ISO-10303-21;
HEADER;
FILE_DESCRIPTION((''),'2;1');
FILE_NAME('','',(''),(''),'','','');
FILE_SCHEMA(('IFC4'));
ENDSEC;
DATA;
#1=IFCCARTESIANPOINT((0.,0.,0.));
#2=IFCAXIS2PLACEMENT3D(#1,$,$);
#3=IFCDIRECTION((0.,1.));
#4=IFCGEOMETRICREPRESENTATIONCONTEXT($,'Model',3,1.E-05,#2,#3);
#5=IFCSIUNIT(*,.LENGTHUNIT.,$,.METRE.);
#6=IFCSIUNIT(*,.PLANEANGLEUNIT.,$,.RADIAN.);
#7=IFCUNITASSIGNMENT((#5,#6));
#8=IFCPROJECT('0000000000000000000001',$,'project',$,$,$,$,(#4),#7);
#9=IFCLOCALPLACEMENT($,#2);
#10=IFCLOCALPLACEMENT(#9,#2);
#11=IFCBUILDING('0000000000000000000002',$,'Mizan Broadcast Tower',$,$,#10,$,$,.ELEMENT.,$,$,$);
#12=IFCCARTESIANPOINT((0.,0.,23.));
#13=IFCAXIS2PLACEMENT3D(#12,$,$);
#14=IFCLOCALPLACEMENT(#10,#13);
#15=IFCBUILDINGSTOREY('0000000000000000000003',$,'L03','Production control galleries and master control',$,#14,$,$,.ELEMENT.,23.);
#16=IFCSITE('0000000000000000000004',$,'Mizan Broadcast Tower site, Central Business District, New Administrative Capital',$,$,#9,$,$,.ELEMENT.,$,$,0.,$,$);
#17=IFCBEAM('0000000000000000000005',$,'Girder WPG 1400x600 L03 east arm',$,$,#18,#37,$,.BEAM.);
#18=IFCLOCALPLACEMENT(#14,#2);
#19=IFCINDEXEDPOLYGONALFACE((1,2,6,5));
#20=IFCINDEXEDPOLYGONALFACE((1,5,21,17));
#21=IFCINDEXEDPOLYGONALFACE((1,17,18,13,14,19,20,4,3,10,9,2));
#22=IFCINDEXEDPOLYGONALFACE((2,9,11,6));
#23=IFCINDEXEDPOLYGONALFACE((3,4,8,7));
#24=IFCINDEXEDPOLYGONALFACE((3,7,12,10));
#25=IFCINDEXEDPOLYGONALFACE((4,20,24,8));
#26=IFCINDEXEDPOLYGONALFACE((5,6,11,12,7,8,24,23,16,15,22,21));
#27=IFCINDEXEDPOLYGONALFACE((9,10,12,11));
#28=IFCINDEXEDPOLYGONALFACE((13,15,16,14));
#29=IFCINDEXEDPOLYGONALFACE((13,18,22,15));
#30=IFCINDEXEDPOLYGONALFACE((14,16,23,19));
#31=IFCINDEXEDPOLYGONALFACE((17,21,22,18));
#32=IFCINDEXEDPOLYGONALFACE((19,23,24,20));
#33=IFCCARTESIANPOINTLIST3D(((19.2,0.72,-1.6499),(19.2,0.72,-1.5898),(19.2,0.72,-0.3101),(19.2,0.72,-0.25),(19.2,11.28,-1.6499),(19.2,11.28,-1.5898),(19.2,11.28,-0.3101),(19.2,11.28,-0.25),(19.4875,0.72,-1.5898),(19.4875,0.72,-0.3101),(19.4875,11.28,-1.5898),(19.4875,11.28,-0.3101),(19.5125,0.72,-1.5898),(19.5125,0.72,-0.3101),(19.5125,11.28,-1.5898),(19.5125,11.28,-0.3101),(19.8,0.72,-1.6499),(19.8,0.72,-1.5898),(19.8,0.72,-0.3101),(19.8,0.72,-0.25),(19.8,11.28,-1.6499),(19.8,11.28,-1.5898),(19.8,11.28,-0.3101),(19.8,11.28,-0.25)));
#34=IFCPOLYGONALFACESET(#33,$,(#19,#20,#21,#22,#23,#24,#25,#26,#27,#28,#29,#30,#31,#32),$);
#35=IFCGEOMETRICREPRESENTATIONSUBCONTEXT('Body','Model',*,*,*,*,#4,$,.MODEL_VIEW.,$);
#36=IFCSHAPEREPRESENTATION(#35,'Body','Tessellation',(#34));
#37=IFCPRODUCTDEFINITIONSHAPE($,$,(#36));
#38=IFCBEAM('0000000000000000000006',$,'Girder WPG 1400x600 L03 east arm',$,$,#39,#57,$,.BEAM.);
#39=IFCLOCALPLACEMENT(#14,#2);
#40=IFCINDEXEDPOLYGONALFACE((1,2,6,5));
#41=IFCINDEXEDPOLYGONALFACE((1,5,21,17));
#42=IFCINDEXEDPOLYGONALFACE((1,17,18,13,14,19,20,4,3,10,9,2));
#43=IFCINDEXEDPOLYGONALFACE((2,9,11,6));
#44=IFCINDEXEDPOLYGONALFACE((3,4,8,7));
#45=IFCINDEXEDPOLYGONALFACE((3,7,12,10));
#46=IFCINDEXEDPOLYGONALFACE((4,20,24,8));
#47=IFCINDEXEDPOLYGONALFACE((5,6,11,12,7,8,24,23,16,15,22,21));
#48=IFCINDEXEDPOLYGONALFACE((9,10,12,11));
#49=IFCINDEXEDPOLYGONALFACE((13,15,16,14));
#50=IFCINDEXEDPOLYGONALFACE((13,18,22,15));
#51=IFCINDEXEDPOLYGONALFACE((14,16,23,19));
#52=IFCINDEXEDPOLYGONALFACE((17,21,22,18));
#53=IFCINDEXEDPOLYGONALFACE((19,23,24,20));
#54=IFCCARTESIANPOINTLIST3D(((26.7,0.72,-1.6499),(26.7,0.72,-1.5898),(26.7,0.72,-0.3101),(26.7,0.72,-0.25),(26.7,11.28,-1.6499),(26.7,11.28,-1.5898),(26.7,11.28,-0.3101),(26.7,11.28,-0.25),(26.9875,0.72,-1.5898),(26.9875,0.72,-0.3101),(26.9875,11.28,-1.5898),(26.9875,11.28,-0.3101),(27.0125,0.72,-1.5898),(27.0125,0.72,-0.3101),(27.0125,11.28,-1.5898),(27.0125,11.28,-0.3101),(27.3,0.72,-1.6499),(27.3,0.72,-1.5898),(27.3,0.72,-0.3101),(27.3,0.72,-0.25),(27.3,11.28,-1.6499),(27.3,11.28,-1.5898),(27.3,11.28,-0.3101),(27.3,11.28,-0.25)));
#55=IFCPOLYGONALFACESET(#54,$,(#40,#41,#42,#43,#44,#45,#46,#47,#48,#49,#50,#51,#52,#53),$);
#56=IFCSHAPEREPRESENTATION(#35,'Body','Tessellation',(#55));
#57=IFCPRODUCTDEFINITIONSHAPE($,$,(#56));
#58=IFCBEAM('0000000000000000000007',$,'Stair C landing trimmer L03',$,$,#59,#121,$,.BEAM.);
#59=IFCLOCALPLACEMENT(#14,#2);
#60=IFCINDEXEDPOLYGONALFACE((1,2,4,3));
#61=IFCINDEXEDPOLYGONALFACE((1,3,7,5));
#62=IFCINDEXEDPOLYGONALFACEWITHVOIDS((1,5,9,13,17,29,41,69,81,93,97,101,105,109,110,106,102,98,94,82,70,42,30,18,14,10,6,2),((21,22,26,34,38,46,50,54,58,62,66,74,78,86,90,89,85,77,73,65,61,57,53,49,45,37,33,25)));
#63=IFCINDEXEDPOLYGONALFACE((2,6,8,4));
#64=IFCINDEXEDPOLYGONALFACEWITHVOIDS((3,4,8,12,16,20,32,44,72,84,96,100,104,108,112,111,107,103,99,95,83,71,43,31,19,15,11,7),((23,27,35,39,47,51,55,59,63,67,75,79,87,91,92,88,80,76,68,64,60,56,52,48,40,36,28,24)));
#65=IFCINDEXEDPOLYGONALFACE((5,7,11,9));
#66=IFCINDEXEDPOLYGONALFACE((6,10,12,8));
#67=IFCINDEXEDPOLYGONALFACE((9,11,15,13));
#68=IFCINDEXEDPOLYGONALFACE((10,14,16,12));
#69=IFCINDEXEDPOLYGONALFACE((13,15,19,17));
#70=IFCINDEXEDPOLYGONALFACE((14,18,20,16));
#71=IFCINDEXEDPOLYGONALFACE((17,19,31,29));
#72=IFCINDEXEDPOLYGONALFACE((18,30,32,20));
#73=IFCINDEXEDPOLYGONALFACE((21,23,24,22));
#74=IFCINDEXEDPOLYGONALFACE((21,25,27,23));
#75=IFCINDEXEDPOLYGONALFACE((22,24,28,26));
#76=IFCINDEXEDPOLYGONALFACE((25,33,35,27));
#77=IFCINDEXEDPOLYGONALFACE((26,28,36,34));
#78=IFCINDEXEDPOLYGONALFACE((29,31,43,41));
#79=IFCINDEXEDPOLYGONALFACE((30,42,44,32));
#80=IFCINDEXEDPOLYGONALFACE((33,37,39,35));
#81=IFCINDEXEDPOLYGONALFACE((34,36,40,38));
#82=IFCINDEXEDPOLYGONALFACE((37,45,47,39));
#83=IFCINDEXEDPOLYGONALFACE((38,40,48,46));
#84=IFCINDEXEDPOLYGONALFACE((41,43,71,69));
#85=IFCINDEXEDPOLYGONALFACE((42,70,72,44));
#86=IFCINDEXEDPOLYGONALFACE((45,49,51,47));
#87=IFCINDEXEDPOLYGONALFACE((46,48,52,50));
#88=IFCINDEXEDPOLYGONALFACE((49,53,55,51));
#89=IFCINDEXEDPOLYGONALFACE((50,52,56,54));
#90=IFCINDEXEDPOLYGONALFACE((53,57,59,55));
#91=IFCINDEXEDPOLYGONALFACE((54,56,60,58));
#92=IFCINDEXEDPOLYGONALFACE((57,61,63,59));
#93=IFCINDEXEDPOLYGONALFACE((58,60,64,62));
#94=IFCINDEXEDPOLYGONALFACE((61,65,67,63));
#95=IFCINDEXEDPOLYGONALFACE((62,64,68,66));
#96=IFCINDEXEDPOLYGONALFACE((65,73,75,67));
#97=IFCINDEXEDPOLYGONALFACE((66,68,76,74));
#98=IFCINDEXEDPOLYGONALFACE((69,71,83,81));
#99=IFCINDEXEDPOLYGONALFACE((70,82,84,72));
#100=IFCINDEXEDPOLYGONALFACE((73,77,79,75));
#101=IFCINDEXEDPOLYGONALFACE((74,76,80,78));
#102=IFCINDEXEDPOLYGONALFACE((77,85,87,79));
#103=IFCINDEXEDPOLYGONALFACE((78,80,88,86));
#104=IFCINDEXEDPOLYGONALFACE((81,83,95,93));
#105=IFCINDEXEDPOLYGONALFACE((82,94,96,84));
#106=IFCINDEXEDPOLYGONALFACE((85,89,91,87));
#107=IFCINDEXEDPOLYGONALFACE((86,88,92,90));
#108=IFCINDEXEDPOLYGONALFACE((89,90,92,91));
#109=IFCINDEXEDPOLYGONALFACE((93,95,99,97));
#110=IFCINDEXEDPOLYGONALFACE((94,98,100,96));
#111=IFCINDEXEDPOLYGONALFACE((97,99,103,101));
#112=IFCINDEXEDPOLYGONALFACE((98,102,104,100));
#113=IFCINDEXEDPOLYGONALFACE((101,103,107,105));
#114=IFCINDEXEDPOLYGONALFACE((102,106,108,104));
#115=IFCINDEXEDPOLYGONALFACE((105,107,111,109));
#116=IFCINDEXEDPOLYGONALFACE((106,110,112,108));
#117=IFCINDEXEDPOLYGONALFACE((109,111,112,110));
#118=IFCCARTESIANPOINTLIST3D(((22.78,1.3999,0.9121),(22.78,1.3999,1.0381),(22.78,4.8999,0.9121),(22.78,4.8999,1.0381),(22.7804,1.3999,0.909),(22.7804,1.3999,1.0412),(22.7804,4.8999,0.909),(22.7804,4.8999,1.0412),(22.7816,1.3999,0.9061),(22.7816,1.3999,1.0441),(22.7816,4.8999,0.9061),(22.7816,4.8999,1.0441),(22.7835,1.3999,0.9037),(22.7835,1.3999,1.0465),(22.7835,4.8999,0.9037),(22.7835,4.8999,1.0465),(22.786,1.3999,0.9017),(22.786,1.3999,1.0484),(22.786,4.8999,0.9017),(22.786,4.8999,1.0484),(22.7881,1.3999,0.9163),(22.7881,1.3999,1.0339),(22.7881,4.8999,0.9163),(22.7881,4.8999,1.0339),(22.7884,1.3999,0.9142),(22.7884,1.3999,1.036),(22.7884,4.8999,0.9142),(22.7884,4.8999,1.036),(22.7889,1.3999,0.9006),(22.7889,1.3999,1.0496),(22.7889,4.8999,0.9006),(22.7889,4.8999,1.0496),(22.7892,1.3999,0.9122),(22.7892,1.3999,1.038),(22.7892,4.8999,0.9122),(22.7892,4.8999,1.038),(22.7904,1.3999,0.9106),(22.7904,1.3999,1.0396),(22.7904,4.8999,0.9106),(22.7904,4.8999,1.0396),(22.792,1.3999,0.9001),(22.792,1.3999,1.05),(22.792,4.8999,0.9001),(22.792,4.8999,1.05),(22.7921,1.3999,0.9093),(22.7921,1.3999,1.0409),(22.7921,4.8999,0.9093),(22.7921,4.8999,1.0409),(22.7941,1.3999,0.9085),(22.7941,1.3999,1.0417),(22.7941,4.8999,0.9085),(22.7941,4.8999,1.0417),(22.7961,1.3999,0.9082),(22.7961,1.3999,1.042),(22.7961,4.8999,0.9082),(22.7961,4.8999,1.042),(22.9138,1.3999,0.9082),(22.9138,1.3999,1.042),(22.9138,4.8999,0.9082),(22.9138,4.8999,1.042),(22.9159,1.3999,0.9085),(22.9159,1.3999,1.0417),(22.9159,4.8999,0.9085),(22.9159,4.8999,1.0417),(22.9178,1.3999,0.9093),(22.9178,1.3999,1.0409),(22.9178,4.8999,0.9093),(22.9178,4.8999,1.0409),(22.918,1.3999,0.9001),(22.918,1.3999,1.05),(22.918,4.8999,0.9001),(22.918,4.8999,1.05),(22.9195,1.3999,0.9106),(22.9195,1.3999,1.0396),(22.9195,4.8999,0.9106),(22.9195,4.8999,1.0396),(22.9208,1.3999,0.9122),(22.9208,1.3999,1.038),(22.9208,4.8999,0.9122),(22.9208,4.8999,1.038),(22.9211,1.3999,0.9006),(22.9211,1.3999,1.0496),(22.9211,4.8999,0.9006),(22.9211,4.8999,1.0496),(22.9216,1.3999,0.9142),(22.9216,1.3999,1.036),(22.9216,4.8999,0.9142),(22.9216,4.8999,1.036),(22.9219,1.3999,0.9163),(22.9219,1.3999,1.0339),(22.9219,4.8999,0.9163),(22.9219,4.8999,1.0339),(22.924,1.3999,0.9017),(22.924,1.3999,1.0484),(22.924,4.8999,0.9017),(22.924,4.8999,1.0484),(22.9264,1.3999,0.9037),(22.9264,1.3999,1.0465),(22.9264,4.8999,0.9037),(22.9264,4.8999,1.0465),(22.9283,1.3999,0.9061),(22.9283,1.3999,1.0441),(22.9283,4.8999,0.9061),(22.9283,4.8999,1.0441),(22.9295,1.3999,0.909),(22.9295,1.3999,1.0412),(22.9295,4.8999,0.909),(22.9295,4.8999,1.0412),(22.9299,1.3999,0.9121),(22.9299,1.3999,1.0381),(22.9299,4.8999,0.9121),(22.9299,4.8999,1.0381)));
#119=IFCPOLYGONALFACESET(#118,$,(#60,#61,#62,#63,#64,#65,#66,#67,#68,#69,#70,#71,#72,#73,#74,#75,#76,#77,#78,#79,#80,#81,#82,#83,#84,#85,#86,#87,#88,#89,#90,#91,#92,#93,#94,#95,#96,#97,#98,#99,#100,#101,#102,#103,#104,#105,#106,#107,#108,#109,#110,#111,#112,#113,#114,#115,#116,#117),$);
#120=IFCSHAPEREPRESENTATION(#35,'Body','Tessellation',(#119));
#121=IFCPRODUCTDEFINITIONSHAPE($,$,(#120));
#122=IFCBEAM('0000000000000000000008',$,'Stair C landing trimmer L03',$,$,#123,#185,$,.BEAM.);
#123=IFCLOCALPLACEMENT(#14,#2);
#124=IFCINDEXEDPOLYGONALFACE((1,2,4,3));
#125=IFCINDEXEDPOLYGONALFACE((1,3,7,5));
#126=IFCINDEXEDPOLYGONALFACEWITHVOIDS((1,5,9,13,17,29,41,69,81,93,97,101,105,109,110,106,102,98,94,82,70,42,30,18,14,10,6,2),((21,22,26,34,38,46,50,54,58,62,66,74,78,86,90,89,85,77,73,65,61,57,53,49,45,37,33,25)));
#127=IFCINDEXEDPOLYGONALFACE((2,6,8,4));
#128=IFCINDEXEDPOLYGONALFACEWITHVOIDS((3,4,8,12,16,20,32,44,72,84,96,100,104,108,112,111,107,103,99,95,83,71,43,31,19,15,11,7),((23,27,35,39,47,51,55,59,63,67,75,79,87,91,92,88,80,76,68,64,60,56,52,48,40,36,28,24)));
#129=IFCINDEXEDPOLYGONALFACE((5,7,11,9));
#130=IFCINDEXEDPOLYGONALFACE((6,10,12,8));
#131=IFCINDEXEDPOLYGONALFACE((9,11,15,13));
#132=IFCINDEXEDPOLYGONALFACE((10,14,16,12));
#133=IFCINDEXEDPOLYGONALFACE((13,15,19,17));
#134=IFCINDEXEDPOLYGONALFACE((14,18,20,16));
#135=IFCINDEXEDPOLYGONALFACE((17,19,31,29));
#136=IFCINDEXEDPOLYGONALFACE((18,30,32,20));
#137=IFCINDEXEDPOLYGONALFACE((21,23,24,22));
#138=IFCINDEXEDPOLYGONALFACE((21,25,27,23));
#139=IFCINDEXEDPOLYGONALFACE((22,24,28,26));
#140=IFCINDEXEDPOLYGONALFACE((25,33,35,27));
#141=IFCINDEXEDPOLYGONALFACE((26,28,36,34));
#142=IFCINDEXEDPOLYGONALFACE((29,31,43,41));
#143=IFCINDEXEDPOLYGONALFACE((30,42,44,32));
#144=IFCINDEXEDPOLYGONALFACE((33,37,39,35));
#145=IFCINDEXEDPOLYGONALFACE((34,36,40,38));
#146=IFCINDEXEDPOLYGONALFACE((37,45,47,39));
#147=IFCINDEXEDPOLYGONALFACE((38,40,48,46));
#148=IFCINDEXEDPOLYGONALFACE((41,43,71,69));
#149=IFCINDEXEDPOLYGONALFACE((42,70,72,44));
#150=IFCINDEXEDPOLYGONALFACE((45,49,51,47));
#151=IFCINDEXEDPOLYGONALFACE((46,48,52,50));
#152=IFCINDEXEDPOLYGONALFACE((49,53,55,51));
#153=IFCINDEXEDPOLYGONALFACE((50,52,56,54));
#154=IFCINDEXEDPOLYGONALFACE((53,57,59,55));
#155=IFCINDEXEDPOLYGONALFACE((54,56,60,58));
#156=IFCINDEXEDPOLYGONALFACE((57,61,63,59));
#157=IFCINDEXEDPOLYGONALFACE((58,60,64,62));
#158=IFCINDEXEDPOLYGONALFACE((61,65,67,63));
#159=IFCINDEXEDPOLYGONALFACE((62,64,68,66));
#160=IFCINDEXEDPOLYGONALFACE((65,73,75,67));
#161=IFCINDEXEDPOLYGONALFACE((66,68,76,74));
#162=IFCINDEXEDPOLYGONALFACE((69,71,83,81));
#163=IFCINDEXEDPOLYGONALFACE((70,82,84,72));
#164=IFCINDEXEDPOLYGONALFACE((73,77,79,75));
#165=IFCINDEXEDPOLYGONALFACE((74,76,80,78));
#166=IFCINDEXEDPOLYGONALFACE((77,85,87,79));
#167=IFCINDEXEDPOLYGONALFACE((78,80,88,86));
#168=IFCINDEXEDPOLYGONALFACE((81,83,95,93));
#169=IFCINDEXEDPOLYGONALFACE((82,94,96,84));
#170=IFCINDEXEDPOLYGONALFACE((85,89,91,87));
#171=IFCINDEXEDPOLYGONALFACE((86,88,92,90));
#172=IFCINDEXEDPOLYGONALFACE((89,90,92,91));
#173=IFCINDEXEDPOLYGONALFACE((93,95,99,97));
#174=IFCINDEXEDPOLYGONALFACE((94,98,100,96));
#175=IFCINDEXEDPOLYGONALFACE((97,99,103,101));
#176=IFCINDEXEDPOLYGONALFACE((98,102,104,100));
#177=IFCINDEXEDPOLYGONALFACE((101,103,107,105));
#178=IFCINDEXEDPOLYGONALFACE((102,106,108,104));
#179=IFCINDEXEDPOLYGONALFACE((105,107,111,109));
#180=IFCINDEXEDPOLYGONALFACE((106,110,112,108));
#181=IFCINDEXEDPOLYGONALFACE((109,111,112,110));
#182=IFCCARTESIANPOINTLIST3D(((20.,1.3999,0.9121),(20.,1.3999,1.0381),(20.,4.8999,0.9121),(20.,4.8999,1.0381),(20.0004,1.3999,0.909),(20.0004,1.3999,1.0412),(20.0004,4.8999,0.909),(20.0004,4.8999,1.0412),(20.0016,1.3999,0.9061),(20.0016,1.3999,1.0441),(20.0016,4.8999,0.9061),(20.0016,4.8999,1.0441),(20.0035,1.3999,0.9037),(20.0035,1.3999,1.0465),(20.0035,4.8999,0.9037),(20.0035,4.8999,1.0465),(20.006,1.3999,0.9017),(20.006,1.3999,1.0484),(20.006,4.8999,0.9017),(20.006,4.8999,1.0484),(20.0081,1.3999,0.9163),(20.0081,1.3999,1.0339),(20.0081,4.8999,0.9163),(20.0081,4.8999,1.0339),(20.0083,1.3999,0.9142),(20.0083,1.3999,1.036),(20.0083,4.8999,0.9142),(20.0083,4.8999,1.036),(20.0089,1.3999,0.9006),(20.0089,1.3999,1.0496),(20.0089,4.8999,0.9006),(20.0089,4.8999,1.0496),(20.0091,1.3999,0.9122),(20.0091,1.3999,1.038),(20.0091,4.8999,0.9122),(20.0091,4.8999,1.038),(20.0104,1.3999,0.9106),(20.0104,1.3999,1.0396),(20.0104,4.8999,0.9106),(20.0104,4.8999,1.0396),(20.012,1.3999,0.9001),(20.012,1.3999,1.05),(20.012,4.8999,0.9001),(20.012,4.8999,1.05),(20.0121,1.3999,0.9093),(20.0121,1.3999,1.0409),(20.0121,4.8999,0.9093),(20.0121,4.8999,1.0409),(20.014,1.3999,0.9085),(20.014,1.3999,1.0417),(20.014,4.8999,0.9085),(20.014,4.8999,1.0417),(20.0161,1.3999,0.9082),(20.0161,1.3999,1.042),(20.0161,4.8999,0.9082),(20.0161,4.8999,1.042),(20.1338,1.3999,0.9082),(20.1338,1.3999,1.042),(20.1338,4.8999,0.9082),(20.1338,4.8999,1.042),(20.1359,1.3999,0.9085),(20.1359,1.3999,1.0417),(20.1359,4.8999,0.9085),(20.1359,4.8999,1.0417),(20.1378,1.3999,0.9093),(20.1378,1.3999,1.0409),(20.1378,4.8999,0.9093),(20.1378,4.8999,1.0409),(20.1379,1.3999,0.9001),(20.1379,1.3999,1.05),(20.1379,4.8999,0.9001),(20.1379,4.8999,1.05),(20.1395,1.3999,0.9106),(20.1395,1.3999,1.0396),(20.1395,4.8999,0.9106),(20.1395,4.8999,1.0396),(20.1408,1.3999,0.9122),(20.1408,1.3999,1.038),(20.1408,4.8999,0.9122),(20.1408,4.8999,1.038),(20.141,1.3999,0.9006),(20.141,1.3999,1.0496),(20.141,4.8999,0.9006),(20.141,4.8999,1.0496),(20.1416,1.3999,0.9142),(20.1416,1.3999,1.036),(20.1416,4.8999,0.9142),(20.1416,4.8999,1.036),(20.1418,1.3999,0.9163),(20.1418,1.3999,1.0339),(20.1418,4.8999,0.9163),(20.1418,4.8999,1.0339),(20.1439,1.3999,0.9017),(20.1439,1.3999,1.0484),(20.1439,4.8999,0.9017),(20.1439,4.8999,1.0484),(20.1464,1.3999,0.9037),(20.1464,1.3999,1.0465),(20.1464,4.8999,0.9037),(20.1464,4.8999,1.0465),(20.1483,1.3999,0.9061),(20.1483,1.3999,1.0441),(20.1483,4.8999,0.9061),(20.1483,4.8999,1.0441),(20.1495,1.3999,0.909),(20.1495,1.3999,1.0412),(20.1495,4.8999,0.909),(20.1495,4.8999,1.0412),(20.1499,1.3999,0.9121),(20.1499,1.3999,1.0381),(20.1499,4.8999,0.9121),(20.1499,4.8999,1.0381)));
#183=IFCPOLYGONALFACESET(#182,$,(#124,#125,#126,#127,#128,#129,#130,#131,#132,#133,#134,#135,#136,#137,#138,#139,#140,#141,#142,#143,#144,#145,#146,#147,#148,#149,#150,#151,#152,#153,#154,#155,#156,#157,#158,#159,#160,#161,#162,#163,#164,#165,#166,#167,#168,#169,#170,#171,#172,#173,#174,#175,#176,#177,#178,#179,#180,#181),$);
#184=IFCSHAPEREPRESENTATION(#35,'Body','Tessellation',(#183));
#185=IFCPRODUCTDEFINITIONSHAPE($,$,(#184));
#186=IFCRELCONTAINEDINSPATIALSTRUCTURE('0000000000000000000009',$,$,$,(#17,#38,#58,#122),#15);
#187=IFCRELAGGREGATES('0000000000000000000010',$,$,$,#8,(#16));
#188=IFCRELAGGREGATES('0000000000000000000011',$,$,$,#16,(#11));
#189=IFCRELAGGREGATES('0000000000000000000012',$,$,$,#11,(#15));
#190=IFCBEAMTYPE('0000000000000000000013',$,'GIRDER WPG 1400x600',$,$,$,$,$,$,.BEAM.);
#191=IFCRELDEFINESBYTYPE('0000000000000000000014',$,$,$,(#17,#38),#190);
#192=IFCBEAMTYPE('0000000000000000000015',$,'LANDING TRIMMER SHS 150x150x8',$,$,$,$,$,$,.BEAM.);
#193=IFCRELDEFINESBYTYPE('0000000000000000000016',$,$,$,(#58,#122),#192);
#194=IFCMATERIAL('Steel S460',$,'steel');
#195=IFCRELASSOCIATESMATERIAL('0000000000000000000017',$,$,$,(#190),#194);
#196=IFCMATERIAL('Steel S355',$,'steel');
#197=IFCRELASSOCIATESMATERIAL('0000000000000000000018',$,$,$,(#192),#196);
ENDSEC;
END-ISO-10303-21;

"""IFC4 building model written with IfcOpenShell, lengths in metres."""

from ifc_helpers import new_model, si_unit, direction, frame, origin, origin_2d, place, context, subcontext, project, spatial, hollow_rectangle, i_section, extrude, material, material_profile, profile_set, type_object, element, save


model = new_model("IFC4")

# Units and contexts
model_context = context("Model", 3, precision=1e-05, world=origin(), true_north=direction((0.0, 1.0)))
body_context = subcontext(model_context, "Body", "Model", "MODEL_VIEW")
ifc_project = project(units=[si_unit("LENGTHUNIT", "METRE"), si_unit("PLANEANGLEUNIT", "RADIAN")], contexts=[model_context])

# Site, building, storey
site_placement = place(None, origin())
site = spatial("IfcSite", under=ifc_project, at=site_placement, Name="Mizan Broadcast Tower site, Central Business District, New Administrative Capital", CompositionType="ELEMENT", RefElevation=0.0)
building_placement = place(site_placement, origin())
building = spatial("IfcBuilding", under=site, at=building_placement, Name="Mizan Broadcast Tower", CompositionType="ELEMENT")
storey_placement = place(building_placement, frame((0.0, 0.0, 23.0)))
storey = spatial("IfcBuildingStorey", under=building, at=storey_placement, Name="L03", Description="Production control galleries and master control", CompositionType="ELEMENT", Elevation=23.0)

# Beams
ifc_material_1 = material(Name="Steel S460", Category="steel")
ifc_material_profile_1 = material_profile(ifc_material_1, i_section(OverallWidth=0.6001, OverallDepth=1.3999, WebThickness=0.0249, FlangeThickness=0.0601, at=origin_2d()), Name="WPG 1400x600")
ifc_profile_set_1 = profile_set([ifc_material_profile_1], Name="Steel S460")
beam_type_1 = type_object("IfcBeamType", Name="GIRDER WPG 1400x600", PredefinedType="BEAM", material=ifc_profile_set_1)
for number, where, z_axis, x_axis, name in (
    (1, (19.5, 0.72, -0.95), (0.0, 1.0, 0.0), (-1.0, 0.0, 0.0), "Girder WPG 1400x600 L03 east arm"),
    (2, (27.0, 0.72, -0.95), (0.0, 1.0, 0.0), (-1.0, 0.0, 0.0), "Girder WPG 1400x600 L03 east arm"),
):
    element("IfcBeam", number, at=place(storey_placement, frame(where, z_axis=z_axis, x_axis=x_axis)), inside=storey, type_object=beam_type_1, Name=name, PredefinedType="BEAM", context=body_context, shape_type="SweptSolid", body=[
        extrude(i_section(OverallWidth=0.6001, OverallDepth=1.3999, WebThickness=0.0249, FlangeThickness=0.0601, at=origin_2d()), origin(), (0.0, 0.0, 1.0), 10.5601),
    ])
ifc_material_2 = material(Name="Steel S355", Category="steel")
ifc_material_profile_2 = material_profile(ifc_material_2, hollow_rectangle(XDim=0.1499, YDim=0.1499, WallThickness=0.0081, InnerFilletRadius=0.0081, OuterFilletRadius=0.012, at=origin_2d()), Name="SHS 150x150x8")
ifc_profile_set_2 = profile_set([ifc_material_profile_2], Name="Steel S355")
beam_type_2 = type_object("IfcBeamType", Name="LANDING TRIMMER SHS 150x150x8", PredefinedType="BEAM", material=ifc_profile_set_2)
for number, where, z_axis, x_axis, name in (
    (3, (22.855, 1.3999, 0.9751), (0.0, 1.0, 0.0), (-1.0, 0.0, 0.0), "Stair C landing trimmer L03"),
    (4, (20.075, 1.3999, 0.9751), (0.0, 1.0, 0.0), (-1.0, 0.0, 0.0), "Stair C landing trimmer L03"),
):
    element("IfcBeam", number, at=place(storey_placement, frame(where, z_axis=z_axis, x_axis=x_axis)), inside=storey, type_object=beam_type_2, Name=name, PredefinedType="BEAM", context=body_context, shape_type="SweptSolid", body=[
        extrude(hollow_rectangle(XDim=0.1499, YDim=0.1499, WallThickness=0.0081, InnerFilletRadius=0.0081, OuterFilletRadius=0.012, at=origin_2d()), origin(), (0.0, 0.0, 1.0), 3.5),
    ])

save(model, "model.ifc")
